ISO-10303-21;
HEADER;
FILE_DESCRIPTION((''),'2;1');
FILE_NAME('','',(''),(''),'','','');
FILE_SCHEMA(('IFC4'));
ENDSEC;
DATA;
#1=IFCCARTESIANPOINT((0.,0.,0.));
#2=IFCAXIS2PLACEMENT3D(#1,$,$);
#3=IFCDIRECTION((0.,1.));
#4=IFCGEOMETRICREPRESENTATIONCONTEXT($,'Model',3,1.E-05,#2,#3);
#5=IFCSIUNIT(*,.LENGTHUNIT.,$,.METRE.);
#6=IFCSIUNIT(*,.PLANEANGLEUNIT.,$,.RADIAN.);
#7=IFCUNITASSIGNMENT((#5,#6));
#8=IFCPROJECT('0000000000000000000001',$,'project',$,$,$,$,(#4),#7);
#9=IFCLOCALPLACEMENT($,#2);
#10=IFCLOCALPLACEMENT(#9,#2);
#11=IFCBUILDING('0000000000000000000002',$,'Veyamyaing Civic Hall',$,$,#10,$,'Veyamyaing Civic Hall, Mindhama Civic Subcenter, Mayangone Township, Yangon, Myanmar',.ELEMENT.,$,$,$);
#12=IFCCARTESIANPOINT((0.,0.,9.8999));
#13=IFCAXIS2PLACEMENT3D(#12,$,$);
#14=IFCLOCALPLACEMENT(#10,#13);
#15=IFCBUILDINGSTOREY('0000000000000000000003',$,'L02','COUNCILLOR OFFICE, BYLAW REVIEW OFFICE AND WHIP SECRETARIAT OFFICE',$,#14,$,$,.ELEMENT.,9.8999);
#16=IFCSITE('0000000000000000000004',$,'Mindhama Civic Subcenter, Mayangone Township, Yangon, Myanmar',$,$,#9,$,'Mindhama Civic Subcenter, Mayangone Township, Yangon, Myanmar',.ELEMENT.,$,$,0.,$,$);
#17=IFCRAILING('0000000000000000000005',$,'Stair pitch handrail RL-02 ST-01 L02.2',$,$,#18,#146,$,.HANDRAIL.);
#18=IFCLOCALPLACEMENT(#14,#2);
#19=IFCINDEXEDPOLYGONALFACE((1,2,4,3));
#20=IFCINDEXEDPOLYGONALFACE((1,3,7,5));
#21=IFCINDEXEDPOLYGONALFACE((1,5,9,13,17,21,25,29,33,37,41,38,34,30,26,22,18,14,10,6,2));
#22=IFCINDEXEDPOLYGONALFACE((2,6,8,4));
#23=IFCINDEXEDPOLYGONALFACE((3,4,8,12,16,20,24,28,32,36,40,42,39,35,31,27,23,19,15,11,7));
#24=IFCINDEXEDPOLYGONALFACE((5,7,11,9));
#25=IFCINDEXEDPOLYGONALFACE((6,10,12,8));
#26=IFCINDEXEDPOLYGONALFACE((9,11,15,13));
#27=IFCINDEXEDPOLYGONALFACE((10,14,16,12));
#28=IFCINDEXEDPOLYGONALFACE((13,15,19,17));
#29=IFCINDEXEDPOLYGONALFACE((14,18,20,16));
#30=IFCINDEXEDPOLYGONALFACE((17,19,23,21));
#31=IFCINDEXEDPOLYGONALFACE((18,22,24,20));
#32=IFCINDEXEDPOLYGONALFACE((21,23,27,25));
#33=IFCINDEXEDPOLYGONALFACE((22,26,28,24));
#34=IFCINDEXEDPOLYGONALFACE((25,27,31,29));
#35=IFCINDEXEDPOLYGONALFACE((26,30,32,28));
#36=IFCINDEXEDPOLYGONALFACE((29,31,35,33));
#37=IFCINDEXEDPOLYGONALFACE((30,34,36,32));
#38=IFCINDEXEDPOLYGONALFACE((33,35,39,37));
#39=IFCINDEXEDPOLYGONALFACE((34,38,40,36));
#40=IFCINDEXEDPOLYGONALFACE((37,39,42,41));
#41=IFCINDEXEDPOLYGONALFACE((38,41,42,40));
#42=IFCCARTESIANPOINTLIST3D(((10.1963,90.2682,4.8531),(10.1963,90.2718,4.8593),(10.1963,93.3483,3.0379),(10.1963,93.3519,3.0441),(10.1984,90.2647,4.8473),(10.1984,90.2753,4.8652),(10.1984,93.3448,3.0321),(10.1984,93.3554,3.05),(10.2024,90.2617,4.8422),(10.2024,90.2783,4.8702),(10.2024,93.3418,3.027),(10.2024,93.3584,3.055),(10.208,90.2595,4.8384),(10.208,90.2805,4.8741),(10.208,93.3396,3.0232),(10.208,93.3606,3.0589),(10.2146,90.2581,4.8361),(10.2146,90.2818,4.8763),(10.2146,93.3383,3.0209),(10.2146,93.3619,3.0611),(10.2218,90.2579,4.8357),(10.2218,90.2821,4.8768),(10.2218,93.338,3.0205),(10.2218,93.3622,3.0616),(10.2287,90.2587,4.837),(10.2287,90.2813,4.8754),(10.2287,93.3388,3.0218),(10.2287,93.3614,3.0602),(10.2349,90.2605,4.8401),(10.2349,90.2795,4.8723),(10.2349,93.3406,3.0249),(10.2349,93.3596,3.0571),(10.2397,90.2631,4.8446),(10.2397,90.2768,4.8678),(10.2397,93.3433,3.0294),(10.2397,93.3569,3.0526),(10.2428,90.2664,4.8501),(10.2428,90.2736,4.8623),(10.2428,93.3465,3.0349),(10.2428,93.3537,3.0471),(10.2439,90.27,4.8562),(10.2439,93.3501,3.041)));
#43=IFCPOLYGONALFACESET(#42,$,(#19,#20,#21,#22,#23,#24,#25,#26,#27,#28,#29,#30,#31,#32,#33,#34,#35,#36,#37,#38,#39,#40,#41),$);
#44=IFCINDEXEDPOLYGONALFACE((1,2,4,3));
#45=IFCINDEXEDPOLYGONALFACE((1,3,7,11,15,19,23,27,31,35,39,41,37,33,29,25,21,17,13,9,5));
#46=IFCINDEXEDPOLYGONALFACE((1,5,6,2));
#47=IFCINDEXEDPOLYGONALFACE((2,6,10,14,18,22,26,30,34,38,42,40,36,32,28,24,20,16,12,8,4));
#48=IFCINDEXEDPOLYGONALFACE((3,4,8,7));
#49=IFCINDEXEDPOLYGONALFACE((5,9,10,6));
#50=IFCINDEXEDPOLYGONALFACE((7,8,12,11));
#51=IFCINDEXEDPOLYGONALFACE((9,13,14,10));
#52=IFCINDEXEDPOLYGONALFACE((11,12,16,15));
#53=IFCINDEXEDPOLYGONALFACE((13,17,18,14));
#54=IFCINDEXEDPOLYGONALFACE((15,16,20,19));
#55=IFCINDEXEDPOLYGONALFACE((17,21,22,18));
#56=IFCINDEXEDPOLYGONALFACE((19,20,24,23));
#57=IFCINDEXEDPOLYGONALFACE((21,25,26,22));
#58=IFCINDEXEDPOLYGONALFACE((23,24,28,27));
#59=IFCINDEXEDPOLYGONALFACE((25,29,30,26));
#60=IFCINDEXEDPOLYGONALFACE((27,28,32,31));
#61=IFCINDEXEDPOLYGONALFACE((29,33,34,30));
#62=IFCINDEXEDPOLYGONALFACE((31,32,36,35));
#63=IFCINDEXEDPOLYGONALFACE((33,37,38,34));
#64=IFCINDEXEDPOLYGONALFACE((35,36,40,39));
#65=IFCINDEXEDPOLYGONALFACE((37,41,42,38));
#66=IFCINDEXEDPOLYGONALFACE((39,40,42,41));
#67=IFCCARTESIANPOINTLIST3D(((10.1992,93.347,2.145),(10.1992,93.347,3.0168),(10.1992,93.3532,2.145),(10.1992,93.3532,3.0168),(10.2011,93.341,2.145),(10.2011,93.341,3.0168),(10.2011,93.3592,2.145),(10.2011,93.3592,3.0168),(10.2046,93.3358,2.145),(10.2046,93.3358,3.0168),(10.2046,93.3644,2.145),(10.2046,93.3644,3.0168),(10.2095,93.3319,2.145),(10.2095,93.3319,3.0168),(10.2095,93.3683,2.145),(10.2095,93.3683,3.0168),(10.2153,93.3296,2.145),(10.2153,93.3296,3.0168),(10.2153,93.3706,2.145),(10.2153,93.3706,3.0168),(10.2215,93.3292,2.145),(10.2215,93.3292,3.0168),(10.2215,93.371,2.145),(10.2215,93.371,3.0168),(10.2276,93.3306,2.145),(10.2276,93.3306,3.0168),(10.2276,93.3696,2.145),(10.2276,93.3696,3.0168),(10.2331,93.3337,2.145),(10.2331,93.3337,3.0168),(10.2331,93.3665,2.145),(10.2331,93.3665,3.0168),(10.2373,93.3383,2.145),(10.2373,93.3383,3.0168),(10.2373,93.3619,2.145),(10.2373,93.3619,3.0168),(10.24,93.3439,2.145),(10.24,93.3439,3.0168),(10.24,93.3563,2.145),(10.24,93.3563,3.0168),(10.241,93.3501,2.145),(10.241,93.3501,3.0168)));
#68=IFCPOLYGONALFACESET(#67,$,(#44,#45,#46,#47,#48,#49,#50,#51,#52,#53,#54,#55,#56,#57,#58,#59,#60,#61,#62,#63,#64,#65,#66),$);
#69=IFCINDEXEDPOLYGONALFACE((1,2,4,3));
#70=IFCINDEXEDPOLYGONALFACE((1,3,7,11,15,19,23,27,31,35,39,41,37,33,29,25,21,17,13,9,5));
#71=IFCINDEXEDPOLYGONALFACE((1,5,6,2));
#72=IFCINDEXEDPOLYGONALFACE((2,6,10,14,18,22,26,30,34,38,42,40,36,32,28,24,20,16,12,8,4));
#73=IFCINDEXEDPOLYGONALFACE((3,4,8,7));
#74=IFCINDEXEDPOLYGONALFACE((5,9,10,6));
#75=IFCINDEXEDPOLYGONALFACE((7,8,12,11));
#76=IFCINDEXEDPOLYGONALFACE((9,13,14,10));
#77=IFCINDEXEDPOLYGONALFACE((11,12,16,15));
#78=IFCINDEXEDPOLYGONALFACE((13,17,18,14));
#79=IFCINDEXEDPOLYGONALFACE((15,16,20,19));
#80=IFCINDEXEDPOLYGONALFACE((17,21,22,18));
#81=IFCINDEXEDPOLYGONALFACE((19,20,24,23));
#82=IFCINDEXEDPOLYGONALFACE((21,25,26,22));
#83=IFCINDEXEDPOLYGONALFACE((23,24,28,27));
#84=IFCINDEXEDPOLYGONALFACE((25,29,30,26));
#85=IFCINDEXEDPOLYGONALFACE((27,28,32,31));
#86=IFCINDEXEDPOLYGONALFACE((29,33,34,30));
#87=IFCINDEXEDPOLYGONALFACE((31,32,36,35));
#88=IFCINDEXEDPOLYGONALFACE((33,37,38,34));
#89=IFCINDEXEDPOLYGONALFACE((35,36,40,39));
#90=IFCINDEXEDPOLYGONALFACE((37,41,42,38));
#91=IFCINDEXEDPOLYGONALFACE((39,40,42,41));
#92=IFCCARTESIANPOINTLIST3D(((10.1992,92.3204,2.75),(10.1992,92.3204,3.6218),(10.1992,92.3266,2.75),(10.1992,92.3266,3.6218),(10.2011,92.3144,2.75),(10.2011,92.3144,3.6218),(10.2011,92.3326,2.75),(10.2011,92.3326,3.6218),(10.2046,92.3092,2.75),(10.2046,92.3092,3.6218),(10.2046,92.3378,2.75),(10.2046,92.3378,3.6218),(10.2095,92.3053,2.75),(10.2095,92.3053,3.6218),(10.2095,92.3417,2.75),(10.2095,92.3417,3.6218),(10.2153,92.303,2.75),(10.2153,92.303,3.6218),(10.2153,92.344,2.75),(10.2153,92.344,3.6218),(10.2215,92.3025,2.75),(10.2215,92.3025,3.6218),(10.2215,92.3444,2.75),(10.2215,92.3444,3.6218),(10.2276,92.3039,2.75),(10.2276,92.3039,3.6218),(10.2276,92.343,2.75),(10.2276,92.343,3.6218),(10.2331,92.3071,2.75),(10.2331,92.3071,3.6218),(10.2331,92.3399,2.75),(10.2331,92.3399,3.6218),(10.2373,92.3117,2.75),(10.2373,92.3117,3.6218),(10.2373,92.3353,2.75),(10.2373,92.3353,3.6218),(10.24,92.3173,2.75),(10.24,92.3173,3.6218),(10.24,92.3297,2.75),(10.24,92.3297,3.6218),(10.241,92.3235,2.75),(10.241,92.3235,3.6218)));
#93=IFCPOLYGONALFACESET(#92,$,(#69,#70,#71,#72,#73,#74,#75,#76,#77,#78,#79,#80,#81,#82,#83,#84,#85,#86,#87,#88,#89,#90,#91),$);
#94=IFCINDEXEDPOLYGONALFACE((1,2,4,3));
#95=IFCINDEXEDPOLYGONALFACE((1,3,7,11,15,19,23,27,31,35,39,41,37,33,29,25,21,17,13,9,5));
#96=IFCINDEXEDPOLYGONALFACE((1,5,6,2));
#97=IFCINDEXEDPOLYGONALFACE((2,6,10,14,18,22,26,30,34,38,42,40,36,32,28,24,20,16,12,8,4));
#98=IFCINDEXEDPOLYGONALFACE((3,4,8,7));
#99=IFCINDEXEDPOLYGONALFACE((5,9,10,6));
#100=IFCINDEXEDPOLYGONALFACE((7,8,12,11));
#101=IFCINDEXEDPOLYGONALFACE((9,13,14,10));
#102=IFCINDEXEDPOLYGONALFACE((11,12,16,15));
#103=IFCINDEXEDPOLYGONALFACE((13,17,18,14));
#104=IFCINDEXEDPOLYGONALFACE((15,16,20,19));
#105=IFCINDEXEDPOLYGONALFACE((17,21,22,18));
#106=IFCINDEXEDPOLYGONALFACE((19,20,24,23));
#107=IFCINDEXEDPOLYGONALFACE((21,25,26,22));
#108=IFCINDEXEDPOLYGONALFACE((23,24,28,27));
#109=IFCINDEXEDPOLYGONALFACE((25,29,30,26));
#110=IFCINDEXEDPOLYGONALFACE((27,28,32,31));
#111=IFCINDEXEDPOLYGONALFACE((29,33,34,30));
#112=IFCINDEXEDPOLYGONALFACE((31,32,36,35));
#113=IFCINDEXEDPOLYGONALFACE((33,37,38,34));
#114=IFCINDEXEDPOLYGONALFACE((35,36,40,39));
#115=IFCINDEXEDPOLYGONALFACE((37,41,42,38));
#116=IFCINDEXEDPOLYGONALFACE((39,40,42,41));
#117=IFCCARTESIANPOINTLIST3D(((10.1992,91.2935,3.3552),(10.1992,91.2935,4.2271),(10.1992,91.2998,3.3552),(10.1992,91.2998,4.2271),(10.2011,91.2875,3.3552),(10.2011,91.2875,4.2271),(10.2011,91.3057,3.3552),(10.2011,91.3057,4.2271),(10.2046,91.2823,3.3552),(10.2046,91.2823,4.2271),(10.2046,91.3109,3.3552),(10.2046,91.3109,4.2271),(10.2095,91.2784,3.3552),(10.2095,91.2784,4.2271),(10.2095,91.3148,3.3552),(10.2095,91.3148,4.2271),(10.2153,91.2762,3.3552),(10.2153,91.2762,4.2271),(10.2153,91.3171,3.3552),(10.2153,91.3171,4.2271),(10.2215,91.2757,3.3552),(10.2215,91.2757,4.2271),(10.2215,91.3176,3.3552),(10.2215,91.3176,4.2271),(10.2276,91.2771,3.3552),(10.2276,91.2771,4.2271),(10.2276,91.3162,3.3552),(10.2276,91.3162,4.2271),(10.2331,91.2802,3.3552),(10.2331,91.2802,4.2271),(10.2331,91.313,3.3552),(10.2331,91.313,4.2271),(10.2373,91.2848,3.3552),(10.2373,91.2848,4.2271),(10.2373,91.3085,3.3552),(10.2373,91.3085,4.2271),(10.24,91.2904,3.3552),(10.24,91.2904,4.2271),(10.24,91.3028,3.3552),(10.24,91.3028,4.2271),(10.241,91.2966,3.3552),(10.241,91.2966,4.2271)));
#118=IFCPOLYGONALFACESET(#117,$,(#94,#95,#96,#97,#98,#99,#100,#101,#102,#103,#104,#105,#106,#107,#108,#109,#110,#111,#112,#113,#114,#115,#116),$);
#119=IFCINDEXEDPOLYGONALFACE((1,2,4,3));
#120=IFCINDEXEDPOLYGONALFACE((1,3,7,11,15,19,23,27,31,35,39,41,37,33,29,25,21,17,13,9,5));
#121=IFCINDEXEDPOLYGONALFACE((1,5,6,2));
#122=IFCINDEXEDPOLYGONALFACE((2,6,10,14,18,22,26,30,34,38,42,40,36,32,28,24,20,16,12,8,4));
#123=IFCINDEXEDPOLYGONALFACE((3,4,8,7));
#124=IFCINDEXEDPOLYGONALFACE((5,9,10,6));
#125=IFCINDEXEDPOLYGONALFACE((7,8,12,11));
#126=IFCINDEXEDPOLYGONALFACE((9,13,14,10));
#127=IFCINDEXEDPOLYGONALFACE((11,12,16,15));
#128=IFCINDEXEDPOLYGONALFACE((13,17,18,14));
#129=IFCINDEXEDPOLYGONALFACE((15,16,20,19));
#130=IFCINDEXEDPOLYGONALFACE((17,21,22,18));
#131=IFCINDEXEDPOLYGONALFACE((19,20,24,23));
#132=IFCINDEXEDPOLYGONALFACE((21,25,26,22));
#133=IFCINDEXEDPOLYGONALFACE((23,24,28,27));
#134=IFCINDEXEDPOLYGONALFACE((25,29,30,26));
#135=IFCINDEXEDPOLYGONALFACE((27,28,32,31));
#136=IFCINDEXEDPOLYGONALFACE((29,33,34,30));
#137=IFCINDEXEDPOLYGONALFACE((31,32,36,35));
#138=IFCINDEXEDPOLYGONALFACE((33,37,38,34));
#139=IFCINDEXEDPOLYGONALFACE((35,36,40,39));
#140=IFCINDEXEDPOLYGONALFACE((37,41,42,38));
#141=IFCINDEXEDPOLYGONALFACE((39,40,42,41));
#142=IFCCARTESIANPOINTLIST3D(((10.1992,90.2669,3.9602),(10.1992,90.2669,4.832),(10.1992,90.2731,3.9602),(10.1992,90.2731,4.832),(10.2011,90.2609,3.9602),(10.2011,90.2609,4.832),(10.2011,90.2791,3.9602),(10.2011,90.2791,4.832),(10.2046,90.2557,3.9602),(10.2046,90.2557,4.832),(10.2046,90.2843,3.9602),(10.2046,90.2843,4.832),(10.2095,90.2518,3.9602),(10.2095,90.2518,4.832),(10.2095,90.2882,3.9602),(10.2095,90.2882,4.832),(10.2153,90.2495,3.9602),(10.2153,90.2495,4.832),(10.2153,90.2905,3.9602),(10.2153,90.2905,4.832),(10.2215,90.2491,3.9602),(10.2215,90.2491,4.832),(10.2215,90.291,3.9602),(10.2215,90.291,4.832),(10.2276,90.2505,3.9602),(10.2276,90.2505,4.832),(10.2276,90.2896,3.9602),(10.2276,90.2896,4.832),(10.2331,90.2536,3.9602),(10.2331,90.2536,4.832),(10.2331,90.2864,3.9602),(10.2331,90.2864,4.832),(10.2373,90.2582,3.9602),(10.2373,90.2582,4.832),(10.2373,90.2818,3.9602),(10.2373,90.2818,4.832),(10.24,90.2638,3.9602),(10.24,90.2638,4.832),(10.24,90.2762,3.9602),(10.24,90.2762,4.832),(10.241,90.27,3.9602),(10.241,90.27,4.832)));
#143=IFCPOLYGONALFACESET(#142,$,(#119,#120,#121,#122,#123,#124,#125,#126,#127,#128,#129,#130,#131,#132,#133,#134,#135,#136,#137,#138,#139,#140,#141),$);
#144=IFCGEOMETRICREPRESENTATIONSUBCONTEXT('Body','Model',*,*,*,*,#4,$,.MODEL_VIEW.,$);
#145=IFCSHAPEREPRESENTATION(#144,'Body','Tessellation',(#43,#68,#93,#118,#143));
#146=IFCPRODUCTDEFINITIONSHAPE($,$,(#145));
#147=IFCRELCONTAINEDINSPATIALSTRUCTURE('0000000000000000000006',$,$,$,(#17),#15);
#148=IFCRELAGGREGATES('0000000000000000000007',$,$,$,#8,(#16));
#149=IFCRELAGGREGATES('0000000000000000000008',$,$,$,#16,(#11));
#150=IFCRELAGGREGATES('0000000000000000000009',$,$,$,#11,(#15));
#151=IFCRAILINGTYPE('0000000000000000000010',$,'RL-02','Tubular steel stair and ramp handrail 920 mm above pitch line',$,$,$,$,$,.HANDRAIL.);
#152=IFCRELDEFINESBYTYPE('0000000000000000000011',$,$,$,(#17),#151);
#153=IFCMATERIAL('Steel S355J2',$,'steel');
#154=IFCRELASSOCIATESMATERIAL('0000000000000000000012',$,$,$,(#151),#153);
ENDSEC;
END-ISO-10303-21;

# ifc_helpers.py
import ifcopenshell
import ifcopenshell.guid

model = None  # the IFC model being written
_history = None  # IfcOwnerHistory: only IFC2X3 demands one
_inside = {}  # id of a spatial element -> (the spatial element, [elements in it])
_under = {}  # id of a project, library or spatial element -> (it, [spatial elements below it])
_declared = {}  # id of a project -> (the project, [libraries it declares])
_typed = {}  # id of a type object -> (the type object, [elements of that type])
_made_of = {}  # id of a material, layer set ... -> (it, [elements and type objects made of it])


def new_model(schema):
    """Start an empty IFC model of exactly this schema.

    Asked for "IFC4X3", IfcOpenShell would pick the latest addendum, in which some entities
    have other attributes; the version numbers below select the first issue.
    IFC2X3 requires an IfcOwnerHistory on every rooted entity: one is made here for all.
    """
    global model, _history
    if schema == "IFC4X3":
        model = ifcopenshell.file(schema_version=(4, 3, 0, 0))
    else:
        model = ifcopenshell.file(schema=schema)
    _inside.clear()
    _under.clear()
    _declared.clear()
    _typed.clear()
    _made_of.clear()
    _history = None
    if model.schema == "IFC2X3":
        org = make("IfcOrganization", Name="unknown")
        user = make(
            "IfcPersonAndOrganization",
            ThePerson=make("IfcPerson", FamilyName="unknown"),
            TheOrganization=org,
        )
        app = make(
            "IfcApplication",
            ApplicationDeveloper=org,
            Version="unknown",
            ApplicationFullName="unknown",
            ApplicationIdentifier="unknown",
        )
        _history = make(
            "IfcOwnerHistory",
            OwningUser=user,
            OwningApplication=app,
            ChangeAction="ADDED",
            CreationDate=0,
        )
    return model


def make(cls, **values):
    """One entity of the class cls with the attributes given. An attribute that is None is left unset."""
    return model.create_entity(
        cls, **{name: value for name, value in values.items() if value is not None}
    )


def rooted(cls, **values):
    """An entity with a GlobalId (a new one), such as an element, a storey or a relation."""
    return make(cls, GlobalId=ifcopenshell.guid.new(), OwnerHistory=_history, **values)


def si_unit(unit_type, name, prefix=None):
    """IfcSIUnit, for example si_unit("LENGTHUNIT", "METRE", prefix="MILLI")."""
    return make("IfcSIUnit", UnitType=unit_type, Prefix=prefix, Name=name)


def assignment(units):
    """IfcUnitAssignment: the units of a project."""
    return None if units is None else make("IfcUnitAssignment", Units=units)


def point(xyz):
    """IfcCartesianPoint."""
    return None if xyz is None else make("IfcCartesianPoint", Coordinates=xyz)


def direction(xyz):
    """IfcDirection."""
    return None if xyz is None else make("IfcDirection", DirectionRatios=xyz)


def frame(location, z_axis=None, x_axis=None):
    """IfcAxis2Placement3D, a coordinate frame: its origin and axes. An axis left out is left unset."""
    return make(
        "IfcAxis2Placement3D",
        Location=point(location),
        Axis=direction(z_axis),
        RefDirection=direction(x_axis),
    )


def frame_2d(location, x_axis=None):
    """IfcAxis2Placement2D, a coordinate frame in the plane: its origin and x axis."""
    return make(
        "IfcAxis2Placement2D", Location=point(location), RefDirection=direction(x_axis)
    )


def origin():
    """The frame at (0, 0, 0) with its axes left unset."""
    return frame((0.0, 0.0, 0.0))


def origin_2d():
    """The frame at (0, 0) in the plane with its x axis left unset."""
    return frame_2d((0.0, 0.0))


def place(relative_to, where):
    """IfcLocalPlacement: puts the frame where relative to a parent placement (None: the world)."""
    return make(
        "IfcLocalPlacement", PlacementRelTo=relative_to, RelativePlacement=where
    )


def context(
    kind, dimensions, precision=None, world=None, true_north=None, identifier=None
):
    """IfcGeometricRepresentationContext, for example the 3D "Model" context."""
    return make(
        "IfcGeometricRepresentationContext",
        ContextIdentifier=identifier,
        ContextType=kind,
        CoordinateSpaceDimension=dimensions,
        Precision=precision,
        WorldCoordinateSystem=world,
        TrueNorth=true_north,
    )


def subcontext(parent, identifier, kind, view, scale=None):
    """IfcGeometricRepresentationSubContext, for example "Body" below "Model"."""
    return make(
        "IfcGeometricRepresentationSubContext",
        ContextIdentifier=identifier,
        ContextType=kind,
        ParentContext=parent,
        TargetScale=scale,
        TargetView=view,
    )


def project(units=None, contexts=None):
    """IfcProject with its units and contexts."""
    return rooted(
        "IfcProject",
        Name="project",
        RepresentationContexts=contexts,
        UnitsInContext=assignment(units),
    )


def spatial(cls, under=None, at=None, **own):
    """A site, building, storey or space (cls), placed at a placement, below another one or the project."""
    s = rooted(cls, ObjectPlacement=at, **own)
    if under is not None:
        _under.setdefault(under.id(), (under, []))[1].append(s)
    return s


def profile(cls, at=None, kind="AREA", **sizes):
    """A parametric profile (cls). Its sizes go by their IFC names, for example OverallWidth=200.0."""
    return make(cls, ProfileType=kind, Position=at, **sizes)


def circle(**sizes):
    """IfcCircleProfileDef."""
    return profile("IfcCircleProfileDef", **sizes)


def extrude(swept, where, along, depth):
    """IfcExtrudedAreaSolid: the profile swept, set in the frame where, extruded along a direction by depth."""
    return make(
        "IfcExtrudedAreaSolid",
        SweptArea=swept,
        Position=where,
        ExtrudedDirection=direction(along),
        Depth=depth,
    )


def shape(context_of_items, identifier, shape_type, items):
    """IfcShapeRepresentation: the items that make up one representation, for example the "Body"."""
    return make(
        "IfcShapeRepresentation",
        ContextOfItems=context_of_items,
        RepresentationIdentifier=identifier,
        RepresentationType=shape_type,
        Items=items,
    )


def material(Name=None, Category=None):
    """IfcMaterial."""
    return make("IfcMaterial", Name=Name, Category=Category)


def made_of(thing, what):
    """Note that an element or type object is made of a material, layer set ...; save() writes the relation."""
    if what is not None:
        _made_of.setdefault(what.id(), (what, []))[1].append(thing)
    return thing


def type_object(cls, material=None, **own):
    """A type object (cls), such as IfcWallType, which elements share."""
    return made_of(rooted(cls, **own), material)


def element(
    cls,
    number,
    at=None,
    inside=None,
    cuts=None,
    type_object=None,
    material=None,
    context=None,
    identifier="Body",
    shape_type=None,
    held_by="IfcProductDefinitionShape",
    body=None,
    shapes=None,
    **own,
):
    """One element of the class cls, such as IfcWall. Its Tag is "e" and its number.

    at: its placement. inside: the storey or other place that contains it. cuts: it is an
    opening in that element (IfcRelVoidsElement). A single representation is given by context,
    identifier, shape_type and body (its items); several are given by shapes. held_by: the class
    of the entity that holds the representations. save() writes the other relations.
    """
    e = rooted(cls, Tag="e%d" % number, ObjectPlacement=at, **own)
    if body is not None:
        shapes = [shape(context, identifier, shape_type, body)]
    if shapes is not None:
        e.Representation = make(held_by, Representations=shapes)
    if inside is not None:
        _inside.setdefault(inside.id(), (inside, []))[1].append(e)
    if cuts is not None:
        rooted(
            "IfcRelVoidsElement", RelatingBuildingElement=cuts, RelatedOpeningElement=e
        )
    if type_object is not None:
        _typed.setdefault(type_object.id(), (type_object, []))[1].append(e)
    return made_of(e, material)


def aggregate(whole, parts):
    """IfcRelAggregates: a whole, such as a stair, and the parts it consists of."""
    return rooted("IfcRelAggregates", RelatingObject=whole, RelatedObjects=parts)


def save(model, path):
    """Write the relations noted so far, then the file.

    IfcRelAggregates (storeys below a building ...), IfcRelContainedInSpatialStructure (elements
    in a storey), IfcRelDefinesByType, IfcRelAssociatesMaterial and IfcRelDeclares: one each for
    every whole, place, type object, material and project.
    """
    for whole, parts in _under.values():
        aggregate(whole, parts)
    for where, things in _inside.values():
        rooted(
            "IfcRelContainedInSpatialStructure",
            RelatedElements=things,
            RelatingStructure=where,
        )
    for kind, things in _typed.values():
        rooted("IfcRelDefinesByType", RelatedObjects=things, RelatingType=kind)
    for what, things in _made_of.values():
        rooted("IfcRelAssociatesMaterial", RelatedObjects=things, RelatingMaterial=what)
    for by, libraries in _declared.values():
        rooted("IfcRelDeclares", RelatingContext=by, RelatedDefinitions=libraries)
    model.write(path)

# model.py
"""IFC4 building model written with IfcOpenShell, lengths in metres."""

from ifc_helpers import new_model, si_unit, direction, frame, origin, origin_2d, place, context, subcontext, project, spatial, circle, extrude, material, type_object, element, save


model = new_model("IFC4")

# Units and contexts
model_context = context("Model", 3, precision=1e-05, world=origin(), true_north=direction((0.0, 1.0)))
body_context = subcontext(model_context, "Body", "Model", "MODEL_VIEW")
ifc_project = project(units=[si_unit("LENGTHUNIT", "METRE"), si_unit("PLANEANGLEUNIT", "RADIAN")], contexts=[model_context])

# Site, building, storey
site_placement = place(None, origin())
site = spatial("IfcSite", under=ifc_project, at=site_placement, Name="Mindhama Civic Subcenter, Mayangone Township, Yangon, Myanmar", LongName="Mindhama Civic Subcenter, Mayangone Township, Yangon, Myanmar", CompositionType="ELEMENT", RefElevation=0.0)
building_placement = place(site_placement, origin())
building = spatial("IfcBuilding", under=site, at=building_placement, Name="Veyamyaing Civic Hall", LongName="Veyamyaing Civic Hall, Mindhama Civic Subcenter, Mayangone Township, Yangon, Myanmar", CompositionType="ELEMENT")
storey_placement = place(building_placement, frame((0.0, 0.0, 9.8999)))
storey = spatial("IfcBuildingStorey", under=building, at=storey_placement, Name="L02", Description="COUNCILLOR OFFICE, BYLAW REVIEW OFFICE AND WHIP SECRETARIAT OFFICE", CompositionType="ELEMENT", Elevation=9.8999)

# Railing
ifc_material_1 = material(Name="Steel S355J2", Category="steel")
railing_type_1 = type_object("IfcRailingType", Name="RL-02", Description="Tubular steel stair and ramp handrail 920 mm above pitch line", PredefinedType="HANDRAIL", material=ifc_material_1)
railing_1_placement = place(storey_placement, frame((10.22, 93.3501, 2.145)))
element("IfcRailing", 1, at=railing_1_placement, inside=storey, type_object=railing_type_1, Name="Stair pitch handrail RL-02 ST-01 L02.2", PredefinedType="HANDRAIL", context=body_context, shape_type="SweptSolid", body=[
    extrude(circle(Radius=0.0239, at=origin_2d()), frame((0.0, 0.0, 0.896), z_axis=(0.0, -0.861521, 0.507721), x_axis=(1.0, 0.0, 0.0)), (0.0, 0.0, 1.0), 3.5752),
    extrude(circle(Radius=0.021, at=origin_2d()), origin(), (0.0, 0.0, 1.0), 0.8718),
    extrude(circle(Radius=0.021, at=origin_2d()), frame((0.0, -1.0266, 0.605)), (0.0, 0.0, 1.0), 0.8718),
    extrude(circle(Radius=0.021, at=origin_2d()), frame((0.0, -2.0535, 1.2102)), (0.0, 0.0, 1.0), 0.8718),
    extrude(circle(Radius=0.021, at=origin_2d()), frame((0.0, -3.0801, 1.8152)), (0.0, 0.0, 1.0), 0.8718),
])

save(model, "model.ifc")
